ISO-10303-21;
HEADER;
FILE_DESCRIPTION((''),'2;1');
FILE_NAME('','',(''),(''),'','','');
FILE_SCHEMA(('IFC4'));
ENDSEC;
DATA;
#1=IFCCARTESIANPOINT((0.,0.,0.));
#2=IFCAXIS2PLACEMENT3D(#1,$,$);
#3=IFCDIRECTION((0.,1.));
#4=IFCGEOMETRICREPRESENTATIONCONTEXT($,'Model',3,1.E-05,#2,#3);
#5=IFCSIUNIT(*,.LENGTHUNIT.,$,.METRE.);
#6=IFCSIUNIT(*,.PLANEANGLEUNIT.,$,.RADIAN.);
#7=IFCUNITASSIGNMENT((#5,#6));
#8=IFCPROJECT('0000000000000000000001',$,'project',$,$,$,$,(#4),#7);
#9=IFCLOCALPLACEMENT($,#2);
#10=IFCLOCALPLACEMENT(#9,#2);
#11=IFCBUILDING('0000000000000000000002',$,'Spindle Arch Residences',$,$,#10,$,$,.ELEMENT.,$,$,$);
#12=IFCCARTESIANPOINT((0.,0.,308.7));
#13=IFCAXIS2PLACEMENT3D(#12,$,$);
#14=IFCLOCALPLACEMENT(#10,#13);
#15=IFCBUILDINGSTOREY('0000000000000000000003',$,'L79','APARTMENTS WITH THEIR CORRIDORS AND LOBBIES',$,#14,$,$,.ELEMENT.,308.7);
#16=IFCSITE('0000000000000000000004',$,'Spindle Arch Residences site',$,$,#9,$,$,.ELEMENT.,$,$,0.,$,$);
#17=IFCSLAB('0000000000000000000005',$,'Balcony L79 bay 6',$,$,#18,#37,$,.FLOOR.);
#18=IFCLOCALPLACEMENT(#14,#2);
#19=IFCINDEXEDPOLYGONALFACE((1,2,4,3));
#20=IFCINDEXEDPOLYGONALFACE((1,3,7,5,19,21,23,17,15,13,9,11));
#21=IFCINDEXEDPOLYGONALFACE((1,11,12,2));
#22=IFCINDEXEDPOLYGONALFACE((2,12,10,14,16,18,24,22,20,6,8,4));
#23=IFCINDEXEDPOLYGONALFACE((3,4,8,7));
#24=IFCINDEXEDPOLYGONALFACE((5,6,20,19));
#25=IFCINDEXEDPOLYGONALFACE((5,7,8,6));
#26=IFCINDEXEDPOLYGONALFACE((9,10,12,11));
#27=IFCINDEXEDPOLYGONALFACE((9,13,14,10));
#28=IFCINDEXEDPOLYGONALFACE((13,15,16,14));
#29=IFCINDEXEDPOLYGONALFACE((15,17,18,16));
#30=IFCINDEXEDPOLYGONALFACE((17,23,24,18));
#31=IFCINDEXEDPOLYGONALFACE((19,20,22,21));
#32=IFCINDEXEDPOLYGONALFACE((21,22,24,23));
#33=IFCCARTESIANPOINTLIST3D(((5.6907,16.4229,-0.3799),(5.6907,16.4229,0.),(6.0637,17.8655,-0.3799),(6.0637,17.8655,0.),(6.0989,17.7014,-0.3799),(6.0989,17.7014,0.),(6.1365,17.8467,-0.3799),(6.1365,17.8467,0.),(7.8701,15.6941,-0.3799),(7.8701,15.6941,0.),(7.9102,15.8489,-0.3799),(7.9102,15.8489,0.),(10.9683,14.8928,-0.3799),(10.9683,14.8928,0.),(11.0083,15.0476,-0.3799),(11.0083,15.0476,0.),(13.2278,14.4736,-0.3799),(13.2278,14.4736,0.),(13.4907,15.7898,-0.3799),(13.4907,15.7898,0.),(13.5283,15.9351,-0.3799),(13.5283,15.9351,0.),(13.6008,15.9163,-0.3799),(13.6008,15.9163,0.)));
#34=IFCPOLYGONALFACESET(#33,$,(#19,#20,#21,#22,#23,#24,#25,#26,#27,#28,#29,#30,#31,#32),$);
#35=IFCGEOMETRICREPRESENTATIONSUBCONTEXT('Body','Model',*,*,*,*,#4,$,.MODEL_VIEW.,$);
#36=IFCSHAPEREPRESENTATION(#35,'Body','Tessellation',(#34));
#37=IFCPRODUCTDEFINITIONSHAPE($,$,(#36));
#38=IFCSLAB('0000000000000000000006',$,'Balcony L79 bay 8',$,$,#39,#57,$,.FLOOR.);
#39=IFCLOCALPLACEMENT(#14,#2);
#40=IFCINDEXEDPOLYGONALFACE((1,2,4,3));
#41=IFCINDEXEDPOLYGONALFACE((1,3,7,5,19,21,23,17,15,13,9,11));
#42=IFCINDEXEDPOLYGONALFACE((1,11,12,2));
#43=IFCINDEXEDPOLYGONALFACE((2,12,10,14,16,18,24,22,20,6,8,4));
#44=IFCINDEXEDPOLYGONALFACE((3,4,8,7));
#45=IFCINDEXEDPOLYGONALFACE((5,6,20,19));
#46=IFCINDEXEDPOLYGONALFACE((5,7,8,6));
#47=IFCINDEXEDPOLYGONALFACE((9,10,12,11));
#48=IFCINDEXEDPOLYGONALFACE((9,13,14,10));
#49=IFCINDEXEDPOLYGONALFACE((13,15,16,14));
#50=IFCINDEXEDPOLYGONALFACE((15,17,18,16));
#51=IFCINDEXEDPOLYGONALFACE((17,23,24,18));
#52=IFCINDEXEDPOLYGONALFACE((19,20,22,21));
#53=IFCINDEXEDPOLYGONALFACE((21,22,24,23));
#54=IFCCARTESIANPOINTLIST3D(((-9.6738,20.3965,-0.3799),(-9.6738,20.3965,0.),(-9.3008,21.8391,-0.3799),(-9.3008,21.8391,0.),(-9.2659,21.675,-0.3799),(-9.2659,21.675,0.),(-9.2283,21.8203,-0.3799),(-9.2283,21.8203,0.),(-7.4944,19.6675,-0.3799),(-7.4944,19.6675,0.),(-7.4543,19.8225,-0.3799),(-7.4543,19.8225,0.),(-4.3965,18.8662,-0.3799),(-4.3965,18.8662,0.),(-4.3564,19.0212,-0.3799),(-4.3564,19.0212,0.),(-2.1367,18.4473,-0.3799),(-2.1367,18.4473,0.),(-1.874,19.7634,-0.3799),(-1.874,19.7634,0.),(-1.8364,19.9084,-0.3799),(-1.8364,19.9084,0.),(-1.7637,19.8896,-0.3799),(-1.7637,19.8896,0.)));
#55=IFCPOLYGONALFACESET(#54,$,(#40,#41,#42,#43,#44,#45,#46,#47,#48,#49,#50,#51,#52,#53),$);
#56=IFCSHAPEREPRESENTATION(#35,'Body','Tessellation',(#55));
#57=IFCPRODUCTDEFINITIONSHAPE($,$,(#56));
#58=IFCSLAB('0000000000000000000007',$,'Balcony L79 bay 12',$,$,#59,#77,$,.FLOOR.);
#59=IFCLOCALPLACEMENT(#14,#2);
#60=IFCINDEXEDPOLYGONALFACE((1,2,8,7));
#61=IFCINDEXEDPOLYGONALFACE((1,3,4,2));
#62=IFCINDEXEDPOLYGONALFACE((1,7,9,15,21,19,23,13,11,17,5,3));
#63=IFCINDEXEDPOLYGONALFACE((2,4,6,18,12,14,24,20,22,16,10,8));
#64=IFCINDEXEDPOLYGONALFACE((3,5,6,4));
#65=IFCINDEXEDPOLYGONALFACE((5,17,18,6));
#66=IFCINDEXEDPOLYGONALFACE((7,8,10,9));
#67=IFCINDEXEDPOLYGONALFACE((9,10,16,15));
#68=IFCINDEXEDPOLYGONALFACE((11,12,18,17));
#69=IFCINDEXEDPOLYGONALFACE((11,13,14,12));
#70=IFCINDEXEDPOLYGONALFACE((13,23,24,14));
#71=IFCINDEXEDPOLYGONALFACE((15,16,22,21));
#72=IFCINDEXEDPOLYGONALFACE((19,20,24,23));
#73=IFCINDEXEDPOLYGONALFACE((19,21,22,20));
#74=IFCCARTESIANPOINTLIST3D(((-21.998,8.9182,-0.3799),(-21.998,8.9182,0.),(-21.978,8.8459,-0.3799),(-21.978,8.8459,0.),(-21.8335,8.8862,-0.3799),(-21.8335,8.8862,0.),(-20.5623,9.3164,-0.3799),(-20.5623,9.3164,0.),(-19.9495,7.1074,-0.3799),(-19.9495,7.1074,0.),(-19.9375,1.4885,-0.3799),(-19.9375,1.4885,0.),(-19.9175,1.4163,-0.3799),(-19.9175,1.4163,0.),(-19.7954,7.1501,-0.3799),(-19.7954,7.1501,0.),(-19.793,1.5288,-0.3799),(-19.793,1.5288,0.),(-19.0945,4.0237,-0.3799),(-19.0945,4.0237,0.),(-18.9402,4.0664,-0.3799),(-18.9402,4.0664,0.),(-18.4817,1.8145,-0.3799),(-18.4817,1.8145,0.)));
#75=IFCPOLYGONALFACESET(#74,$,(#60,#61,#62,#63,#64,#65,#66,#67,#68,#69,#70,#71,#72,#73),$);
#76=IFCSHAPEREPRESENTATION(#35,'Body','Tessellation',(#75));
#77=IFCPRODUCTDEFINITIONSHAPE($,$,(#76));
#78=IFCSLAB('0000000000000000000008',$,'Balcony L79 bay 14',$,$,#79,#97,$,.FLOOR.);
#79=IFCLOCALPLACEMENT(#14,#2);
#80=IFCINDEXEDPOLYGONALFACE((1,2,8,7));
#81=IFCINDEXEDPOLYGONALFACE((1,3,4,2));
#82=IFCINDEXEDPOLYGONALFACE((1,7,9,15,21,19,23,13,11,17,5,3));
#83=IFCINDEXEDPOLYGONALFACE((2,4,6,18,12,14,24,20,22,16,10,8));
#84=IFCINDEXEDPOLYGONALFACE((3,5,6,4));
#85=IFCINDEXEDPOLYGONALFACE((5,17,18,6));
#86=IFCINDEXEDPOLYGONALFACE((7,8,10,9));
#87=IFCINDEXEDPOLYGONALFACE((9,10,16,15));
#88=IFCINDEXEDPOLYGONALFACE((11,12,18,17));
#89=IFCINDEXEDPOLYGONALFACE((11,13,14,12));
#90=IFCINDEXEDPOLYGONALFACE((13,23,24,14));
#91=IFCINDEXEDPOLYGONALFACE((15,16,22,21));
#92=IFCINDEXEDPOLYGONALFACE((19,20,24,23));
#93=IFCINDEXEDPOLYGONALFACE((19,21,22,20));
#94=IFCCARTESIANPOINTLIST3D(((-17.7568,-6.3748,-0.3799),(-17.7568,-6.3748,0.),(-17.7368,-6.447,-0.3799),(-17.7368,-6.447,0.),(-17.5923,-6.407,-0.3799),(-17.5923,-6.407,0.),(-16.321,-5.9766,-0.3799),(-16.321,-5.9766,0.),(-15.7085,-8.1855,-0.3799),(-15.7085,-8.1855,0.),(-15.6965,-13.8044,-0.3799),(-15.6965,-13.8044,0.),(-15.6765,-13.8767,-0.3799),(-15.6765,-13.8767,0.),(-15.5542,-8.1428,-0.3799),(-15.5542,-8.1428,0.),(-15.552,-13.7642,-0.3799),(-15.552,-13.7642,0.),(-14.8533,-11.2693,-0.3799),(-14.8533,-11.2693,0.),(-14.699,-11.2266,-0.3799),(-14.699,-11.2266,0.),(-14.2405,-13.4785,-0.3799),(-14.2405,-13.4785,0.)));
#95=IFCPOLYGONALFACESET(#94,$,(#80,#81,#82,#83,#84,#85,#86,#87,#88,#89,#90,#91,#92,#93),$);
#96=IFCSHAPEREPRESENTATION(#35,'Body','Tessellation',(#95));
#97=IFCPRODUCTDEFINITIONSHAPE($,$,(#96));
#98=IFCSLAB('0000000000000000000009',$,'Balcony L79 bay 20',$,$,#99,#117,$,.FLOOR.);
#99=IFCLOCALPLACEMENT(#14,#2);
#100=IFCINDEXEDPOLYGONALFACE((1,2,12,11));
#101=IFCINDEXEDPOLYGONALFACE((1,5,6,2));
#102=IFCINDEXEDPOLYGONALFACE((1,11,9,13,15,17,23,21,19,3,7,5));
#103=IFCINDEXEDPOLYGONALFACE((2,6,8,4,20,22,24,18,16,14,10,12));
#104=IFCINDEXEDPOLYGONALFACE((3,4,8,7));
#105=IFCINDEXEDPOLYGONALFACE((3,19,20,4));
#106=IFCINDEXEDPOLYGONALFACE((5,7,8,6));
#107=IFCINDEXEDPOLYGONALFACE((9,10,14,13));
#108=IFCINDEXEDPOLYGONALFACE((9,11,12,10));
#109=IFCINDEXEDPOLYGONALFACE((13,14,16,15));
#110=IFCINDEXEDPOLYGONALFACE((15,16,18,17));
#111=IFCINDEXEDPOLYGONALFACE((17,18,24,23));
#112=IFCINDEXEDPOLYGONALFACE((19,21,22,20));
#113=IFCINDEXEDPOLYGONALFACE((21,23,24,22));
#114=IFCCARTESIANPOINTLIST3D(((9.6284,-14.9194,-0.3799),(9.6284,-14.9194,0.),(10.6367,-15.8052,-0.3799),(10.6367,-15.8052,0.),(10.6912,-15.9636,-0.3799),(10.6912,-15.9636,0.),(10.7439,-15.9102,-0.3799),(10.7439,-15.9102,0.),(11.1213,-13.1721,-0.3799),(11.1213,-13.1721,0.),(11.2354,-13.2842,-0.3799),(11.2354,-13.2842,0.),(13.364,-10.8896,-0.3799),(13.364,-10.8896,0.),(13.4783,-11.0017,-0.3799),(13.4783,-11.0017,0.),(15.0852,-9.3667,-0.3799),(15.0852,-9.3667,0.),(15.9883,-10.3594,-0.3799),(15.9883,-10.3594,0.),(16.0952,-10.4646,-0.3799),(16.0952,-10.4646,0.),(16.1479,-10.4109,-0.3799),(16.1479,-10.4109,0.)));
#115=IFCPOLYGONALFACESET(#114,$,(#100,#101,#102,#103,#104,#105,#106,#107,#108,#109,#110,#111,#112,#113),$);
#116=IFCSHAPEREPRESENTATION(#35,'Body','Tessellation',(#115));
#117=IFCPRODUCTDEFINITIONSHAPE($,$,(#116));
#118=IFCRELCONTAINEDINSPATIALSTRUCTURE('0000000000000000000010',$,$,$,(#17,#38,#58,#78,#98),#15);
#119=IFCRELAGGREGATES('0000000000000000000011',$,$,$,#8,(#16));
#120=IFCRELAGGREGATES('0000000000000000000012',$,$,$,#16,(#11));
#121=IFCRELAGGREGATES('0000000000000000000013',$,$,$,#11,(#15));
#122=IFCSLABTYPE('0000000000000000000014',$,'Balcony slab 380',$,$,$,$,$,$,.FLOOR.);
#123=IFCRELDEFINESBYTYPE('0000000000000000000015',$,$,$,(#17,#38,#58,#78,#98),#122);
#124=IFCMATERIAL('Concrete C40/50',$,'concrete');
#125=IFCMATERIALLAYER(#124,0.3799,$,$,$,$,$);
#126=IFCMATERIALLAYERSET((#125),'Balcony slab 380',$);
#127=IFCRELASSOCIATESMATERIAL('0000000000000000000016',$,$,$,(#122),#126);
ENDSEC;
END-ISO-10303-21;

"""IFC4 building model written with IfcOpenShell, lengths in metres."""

from ifc_helpers import new_model, si_unit, direction, frame, origin, place, context, subcontext, project, spatial, polyline, outline, extrude, material, layer, layer_set, type_object, element, save


model = new_model("IFC4")

# Units and contexts
model_context = context("Model", 3, precision=1e-05, world=origin(), true_north=direction((0.0, 1.0)))
body_context = subcontext(model_context, "Body", "Model", "MODEL_VIEW")
ifc_project = project(units=[si_unit("LENGTHUNIT", "METRE"), si_unit("PLANEANGLEUNIT", "RADIAN")], contexts=[model_context])

# Site, building, storey
site_placement = place(None, origin())
site = spatial("IfcSite", under=ifc_project, at=site_placement, Name="Spindle Arch Residences site", CompositionType="ELEMENT", RefElevation=0.0)
building_placement = place(site_placement, origin())
building = spatial("IfcBuilding", under=site, at=building_placement, Name="Spindle Arch Residences", CompositionType="ELEMENT")
storey_placement = place(building_placement, frame((0.0, 0.0, 308.7)))
storey = spatial("IfcBuildingStorey", under=building, at=storey_placement, Name="L79", Description="APARTMENTS WITH THEIR CORRIDORS AND LOBBIES", CompositionType="ELEMENT", Elevation=308.7)

# Slabs
ifc_material_1 = material(Name="Concrete C40/50", Category="concrete")
ifc_layer_1 = layer(ifc_material_1, 0.3799)
ifc_layer_set_1 = layer_set([ifc_layer_1], Name="Balcony slab 380")
slab_type_1 = type_object("IfcSlabType", Name="Balcony slab 380", PredefinedType="FLOOR", material=ifc_layer_set_1)
slab_1_placement = place(storey_placement, frame((0.0, 0.0, -0.3799)))
element("IfcSlab", 1, at=slab_1_placement, inside=storey, type_object=slab_type_1, Name="Balcony L79 bay 6", PredefinedType="FLOOR", context=body_context, shape_type="SweptSolid", body=[
    extrude(outline(polyline([(13.6008, 15.9163), (13.5283, 15.9351), (13.4907, 15.7898), (6.0989, 17.7014), (6.1365, 17.8467), (6.0637, 17.8655), (5.6907, 16.4229), (7.9102, 15.8489), (7.8701, 15.6941), (10.9683, 14.8928), (11.0083, 15.0476), (13.2278, 14.4736), (13.6008, 15.9163)])), origin(), (0.0, 0.0, 1.0), 0.3799),
])
slab_2_placement = place(storey_placement, frame((0.0, 0.0, -0.3799)))
element("IfcSlab", 2, at=slab_2_placement, inside=storey, type_object=slab_type_1, Name="Balcony L79 bay 8", PredefinedType="FLOOR", context=body_context, shape_type="SweptSolid", body=[
    extrude(outline(polyline([(-1.7637, 19.8896), (-1.8364, 19.9084), (-1.874, 19.7634), (-9.2659, 21.675), (-9.2283, 21.8203), (-9.3008, 21.8391), (-9.6738, 20.3965), (-7.4543, 19.8225), (-7.4944, 19.6675), (-4.3965, 18.8662), (-4.3564, 19.0212), (-2.1367, 18.4473), (-1.7637, 19.8896)])), origin(), (0.0, 0.0, 1.0), 0.3799),
])
slab_3_placement = place(storey_placement, frame((0.0, 0.0, -0.3799)))
element("IfcSlab", 3, at=slab_3_placement, inside=storey, type_object=slab_type_1, Name="Balcony L79 bay 12", PredefinedType="FLOOR", context=body_context, shape_type="SweptSolid", body=[
    extrude(outline(polyline([(-21.998, 8.9182), (-21.978, 8.8459), (-21.8335, 8.8862), (-19.793, 1.5288), (-19.9375, 1.4885), (-19.9175, 1.4163), (-18.4817, 1.8145), (-19.0945, 4.0237), (-18.9402, 4.0664), (-19.7954, 7.1501), (-19.9495, 7.1074), (-20.5623, 9.3164), (-21.998, 8.9182)])), origin(), (0.0, 0.0, 1.0), 0.3799),
])
slab_4_placement = place(storey_placement, frame((0.0, 0.0, -0.3799)))
element("IfcSlab", 4, at=slab_4_placement, inside=storey, type_object=slab_type_1, Name="Balcony L79 bay 14", PredefinedType="FLOOR", context=body_context, shape_type="SweptSolid", body=[
    extrude(outline(polyline([(-17.7568, -6.3748), (-17.7368, -6.447), (-17.5923, -6.407), (-15.552, -13.7642), (-15.6965, -13.8044), (-15.6765, -13.8767), (-14.2405, -13.4785), (-14.8533, -11.2693), (-14.699, -11.2266), (-15.5542, -8.1428), (-15.7085, -8.1855), (-16.321, -5.9766), (-17.7568, -6.3748)])), origin(), (0.0, 0.0, 1.0), 0.3799),
])
slab_5_placement = place(storey_placement, frame((0.0, 0.0, -0.3799)))
element("IfcSlab", 5, at=slab_5_placement, inside=storey, type_object=slab_type_1, Name="Balcony L79 bay 20", PredefinedType="FLOOR", context=body_context, shape_type="SweptSolid", body=[
    extrude(outline(polyline([(10.6912, -15.9636), (10.7439, -15.9102), (10.6367, -15.8052), (15.9883, -10.3594), (16.0952, -10.4646), (16.1479, -10.4109), (15.0852, -9.3667), (13.4783, -11.0017), (13.364, -10.8896), (11.1213, -13.1721), (11.2354, -13.2842), (9.6284, -14.9194), (10.6912, -15.9636)])), origin(), (0.0, 0.0, 1.0), 0.3799),
])

save(model, "model.ifc")
